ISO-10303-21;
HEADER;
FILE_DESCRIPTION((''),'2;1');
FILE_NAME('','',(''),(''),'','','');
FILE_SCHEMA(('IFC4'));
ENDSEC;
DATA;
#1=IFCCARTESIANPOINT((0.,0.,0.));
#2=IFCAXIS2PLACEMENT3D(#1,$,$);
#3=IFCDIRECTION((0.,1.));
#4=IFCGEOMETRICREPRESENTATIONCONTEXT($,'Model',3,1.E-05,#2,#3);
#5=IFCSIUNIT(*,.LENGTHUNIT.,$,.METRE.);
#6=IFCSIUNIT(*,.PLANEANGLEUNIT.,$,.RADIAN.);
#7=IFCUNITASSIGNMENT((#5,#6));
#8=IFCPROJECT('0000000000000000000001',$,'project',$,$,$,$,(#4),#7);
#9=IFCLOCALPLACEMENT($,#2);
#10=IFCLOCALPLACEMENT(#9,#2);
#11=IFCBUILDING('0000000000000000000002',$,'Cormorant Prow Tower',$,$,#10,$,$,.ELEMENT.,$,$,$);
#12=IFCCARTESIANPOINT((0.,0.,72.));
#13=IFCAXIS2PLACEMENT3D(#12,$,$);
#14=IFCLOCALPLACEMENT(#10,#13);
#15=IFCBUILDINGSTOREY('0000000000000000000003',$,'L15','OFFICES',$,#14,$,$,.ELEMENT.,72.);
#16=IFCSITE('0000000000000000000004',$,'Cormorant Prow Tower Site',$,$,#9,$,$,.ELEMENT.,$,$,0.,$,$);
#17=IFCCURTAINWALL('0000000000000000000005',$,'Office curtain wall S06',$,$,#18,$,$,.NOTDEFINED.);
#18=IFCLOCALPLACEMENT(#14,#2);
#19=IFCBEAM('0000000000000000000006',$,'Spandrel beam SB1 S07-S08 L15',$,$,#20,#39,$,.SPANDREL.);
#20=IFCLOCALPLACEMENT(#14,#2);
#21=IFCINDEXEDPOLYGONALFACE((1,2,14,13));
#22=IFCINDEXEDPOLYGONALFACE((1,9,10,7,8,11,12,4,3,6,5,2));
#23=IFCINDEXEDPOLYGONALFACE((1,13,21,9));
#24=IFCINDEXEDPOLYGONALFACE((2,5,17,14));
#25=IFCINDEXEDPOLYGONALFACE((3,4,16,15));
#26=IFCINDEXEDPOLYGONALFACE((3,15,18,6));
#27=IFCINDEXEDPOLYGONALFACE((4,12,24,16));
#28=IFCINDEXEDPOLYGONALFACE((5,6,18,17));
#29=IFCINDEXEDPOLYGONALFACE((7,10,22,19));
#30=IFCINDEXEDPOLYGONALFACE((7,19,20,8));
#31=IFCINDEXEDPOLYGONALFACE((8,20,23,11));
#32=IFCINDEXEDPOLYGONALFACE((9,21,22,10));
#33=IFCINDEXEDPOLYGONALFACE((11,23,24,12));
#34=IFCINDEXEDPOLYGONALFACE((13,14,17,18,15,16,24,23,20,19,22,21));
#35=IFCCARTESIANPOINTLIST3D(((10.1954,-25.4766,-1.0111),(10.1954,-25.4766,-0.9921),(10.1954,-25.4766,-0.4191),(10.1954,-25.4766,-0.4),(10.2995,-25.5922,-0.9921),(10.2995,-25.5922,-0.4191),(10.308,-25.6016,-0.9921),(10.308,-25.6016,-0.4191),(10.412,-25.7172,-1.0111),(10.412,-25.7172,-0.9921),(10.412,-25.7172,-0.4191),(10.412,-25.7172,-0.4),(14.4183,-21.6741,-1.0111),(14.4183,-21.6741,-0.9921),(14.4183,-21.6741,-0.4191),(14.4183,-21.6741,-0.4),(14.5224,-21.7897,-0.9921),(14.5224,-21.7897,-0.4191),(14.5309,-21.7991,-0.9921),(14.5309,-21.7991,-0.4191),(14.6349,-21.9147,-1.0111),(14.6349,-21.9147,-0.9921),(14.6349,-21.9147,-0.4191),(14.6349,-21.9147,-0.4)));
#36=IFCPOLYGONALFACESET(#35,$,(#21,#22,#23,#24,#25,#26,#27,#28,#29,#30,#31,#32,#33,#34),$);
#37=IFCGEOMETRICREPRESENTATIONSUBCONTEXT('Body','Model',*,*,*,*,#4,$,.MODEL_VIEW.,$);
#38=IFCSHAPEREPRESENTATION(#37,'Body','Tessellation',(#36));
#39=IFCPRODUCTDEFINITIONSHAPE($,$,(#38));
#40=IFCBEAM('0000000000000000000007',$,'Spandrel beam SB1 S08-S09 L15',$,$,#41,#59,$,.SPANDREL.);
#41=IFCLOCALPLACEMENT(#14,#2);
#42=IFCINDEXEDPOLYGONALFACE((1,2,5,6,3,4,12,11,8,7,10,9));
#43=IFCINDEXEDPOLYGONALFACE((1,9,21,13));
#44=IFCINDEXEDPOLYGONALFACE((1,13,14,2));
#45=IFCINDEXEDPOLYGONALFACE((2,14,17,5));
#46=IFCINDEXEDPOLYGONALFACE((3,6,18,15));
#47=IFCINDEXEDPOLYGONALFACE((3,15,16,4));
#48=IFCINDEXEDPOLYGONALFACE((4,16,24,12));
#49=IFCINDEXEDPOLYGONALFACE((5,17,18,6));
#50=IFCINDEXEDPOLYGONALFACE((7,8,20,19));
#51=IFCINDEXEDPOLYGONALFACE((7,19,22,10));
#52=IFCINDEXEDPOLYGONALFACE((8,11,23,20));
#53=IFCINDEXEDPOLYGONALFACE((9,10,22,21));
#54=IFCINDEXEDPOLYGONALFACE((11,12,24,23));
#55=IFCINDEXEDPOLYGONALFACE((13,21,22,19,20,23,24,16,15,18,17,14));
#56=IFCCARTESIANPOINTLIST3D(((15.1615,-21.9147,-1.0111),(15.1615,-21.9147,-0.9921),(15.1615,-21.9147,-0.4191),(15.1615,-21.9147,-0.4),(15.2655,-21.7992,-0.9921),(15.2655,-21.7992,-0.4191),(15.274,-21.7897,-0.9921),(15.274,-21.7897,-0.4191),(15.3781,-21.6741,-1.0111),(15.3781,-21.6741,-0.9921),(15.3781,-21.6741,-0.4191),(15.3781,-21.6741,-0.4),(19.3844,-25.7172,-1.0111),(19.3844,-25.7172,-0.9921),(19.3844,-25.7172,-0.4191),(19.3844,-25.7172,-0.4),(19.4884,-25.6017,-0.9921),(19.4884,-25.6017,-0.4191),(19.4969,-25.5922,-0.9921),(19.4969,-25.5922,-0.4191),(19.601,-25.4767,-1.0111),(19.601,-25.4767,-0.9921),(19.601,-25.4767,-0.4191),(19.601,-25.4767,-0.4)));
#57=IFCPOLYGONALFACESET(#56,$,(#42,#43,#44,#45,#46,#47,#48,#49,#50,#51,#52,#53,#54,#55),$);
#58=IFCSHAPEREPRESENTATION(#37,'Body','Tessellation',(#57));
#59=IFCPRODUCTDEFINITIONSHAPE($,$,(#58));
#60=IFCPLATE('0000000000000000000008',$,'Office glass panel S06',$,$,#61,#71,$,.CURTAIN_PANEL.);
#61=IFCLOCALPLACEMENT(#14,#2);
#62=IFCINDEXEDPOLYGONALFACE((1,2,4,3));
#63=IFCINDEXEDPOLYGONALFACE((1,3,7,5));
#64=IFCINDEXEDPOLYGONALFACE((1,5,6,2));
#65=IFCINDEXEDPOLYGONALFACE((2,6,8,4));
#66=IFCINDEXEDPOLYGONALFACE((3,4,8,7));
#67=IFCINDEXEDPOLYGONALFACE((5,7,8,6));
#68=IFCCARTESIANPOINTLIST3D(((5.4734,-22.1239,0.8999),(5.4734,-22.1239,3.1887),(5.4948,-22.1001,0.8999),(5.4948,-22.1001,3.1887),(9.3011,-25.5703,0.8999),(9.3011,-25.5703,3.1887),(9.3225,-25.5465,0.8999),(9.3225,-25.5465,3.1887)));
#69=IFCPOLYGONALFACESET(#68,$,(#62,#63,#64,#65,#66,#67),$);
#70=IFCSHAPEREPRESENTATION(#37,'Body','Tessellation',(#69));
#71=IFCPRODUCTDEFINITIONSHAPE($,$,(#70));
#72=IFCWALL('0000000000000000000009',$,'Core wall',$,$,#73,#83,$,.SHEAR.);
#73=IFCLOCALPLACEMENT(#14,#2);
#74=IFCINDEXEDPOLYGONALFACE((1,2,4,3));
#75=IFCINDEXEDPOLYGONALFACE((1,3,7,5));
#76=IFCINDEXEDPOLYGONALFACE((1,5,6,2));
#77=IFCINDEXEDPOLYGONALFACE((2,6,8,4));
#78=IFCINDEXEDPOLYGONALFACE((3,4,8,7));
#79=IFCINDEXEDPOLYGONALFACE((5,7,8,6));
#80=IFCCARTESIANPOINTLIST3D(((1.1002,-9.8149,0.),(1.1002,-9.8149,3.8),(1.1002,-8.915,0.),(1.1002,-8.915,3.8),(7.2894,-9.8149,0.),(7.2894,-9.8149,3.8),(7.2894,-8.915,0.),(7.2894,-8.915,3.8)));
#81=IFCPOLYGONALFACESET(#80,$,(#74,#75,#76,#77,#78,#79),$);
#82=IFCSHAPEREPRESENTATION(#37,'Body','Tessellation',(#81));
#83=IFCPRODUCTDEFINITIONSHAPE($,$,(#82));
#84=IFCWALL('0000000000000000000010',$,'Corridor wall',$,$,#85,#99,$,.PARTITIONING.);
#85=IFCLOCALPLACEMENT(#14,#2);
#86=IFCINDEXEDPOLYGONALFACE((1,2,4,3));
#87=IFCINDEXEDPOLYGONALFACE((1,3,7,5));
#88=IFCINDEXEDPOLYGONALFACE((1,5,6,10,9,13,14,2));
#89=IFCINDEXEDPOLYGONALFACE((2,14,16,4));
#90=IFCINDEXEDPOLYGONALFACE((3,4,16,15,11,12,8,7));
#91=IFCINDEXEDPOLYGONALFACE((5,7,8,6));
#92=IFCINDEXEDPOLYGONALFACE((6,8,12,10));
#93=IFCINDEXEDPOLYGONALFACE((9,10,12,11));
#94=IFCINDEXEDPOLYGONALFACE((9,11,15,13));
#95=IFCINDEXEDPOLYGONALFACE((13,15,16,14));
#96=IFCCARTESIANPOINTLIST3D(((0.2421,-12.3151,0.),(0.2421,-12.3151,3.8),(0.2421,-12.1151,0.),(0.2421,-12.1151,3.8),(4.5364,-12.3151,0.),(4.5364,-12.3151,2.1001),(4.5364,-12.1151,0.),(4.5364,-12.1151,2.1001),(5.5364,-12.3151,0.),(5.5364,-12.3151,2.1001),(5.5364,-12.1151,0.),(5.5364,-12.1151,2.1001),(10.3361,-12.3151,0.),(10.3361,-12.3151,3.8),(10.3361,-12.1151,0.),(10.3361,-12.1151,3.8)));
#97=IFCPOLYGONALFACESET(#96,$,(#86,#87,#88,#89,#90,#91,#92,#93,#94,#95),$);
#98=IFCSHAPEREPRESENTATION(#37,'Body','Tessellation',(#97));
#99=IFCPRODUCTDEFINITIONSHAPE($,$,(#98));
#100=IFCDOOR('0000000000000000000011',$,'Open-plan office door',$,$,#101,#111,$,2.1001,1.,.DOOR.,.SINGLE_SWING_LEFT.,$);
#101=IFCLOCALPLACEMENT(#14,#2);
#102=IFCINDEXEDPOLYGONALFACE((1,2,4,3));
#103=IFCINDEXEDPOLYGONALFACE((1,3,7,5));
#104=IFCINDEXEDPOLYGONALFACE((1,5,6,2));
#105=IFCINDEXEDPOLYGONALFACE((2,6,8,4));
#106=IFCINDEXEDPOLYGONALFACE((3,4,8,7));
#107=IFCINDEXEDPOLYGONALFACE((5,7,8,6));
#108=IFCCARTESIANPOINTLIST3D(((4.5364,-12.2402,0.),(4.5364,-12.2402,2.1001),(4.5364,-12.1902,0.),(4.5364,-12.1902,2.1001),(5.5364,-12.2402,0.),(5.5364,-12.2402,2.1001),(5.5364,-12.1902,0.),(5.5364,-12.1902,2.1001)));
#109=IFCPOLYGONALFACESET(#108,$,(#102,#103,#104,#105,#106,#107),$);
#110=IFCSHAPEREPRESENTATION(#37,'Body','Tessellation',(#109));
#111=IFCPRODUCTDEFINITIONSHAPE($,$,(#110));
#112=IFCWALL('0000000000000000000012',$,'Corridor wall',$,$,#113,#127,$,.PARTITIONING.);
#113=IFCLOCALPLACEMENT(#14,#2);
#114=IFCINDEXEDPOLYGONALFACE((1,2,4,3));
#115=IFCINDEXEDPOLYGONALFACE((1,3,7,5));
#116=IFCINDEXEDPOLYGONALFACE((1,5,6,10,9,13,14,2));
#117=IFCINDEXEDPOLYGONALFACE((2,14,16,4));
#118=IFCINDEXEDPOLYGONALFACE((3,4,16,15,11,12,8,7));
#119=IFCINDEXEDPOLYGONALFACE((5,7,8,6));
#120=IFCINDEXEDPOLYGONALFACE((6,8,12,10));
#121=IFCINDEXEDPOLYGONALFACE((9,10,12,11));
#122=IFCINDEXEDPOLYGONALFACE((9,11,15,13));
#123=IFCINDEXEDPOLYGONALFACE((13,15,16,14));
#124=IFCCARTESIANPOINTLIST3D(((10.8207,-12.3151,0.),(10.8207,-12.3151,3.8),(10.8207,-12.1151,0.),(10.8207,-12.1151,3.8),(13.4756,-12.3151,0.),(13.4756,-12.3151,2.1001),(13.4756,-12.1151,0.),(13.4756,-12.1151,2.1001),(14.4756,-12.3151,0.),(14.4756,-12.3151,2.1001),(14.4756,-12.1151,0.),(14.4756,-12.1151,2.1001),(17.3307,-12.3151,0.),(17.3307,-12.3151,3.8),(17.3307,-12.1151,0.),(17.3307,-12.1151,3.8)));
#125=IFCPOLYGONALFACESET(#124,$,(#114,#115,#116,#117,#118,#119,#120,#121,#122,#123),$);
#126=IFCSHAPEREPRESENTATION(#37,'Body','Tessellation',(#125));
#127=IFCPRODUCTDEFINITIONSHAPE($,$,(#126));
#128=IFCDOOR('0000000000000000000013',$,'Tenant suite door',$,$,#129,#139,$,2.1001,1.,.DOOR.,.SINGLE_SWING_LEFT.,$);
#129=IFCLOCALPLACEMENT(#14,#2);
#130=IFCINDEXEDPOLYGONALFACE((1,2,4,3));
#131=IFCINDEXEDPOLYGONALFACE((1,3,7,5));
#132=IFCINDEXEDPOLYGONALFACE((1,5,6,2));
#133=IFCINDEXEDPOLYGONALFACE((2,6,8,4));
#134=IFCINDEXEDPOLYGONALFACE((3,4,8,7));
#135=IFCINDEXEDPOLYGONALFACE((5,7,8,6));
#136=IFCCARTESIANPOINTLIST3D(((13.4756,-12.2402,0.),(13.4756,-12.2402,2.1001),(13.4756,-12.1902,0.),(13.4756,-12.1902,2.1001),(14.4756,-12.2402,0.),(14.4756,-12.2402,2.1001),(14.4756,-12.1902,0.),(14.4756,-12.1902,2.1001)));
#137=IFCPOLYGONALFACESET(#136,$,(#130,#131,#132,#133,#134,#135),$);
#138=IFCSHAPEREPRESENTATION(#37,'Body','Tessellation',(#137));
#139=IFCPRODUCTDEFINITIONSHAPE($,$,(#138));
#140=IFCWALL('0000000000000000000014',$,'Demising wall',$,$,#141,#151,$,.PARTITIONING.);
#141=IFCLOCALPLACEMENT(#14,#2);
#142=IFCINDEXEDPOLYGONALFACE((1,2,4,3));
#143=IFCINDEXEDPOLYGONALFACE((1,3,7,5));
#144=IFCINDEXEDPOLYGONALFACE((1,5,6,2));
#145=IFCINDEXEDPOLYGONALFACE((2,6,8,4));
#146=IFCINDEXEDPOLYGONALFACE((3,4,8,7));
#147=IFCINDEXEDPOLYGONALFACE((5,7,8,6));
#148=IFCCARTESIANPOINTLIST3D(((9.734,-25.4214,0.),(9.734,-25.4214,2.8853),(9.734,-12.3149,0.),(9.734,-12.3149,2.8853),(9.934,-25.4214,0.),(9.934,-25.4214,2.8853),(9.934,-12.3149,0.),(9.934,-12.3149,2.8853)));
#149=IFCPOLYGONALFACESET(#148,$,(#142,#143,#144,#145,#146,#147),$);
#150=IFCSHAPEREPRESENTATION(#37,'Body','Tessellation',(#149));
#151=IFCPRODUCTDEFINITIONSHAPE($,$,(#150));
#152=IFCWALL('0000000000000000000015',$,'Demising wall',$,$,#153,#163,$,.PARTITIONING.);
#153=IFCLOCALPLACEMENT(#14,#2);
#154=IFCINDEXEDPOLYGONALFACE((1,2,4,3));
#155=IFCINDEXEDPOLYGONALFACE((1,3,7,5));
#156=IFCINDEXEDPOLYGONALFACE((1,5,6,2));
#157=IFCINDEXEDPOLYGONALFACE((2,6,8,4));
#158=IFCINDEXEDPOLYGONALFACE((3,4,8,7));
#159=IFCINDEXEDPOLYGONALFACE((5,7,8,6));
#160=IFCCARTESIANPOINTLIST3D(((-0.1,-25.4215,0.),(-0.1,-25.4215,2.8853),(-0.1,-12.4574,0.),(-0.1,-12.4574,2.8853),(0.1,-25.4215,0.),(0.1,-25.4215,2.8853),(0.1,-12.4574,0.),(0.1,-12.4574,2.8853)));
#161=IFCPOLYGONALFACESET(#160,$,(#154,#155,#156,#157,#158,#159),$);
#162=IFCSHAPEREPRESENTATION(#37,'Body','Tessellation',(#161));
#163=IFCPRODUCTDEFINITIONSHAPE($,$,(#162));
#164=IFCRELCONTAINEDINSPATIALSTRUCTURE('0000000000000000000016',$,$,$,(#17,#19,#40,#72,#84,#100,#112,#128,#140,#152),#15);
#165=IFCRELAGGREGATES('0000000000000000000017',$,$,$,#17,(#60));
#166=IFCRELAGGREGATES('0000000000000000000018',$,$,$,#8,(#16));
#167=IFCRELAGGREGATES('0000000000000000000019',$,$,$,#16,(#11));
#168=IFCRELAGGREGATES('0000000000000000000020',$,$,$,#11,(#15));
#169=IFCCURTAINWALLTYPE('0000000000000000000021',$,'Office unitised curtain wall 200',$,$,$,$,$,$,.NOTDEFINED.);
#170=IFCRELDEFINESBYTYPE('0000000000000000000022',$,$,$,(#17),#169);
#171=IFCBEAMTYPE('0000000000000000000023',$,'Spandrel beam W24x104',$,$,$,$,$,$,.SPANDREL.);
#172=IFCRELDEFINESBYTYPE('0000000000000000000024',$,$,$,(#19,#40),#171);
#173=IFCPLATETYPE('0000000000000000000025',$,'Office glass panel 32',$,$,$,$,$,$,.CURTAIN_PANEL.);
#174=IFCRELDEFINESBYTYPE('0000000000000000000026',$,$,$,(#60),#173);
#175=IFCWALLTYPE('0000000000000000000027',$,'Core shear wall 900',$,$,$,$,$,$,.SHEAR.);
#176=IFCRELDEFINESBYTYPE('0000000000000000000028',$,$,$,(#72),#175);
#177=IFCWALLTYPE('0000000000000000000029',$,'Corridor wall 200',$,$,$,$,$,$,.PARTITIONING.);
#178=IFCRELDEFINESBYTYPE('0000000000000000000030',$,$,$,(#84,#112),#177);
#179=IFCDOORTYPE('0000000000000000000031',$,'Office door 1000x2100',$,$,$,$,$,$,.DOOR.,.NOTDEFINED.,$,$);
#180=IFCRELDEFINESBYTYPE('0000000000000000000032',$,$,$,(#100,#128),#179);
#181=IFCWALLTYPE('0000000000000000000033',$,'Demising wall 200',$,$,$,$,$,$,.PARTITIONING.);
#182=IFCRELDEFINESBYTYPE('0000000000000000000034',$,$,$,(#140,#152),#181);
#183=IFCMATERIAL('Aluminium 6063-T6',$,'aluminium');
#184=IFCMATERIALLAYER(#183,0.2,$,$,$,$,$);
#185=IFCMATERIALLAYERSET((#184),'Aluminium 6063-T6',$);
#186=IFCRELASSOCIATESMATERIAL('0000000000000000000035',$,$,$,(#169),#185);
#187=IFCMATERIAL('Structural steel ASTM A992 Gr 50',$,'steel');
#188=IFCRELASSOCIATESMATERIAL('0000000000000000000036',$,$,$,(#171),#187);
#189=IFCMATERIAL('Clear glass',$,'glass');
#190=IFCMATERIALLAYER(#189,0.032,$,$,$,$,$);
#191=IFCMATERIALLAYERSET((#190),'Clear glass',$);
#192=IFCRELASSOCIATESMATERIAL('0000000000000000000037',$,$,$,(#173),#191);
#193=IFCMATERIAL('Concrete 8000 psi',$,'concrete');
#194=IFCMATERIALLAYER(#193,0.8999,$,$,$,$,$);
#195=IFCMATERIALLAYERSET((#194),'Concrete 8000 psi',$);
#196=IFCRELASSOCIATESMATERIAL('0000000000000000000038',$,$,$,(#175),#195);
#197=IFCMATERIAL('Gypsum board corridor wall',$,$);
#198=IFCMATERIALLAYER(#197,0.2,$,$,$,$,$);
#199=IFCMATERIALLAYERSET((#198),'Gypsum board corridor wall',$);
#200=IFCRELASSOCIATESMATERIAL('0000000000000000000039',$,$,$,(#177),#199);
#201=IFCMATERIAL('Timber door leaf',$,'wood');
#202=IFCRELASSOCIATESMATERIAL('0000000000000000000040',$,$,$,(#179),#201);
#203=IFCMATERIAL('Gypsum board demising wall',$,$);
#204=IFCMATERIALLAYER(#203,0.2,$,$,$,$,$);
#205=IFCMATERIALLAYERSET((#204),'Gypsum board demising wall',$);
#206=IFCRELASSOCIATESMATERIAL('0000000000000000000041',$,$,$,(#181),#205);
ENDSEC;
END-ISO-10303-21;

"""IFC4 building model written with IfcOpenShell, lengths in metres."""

from ifc_helpers import new_model, si_unit, direction, frame, frame_2d, origin, origin_2d, place, context, subcontext, project, spatial, rectangle, i_section, extrude, material, layer, layer_set, material_profile, profile_set, type_object, element, fill, aggregate, save


model = new_model("IFC4")

# Units and contexts
model_context = context("Model", 3, precision=1e-05, world=origin(), true_north=direction((0.0, 1.0)))
body_context = subcontext(model_context, "Body", "Model", "MODEL_VIEW")
ifc_project = project(units=[si_unit("LENGTHUNIT", "METRE"), si_unit("PLANEANGLEUNIT", "RADIAN")], contexts=[model_context])

# Site, building, storey
site_placement = place(None, origin())
site = spatial("IfcSite", under=ifc_project, at=site_placement, Name="Cormorant Prow Tower Site", CompositionType="ELEMENT", RefElevation=0.0)
building_placement = place(site_placement, origin())
building = spatial("IfcBuilding", under=site, at=building_placement, Name="Cormorant Prow Tower", CompositionType="ELEMENT")
storey_placement = place(building_placement, frame((0.0, 0.0, 72.0)))
storey = spatial("IfcBuildingStorey", under=building, at=storey_placement, Name="L15", Description="OFFICES", CompositionType="ELEMENT", Elevation=72.0)

# Curtain wall
ifc_material_1 = material(Name="Aluminium 6063-T6", Category="aluminium")
ifc_layer_1 = layer(ifc_material_1, 0.2)
ifc_layer_set_1 = layer_set([ifc_layer_1], Name="Aluminium 6063-T6")
curtain_wall_type = type_object("IfcCurtainWallType", Name="Office unitised curtain wall 200", PredefinedType="NOTDEFINED", material=ifc_layer_set_1)
curtain_wall_1_placement = place(storey_placement, origin())
curtain_wall_1 = element("IfcCurtainWall", 1, at=curtain_wall_1_placement, inside=storey, type_object=curtain_wall_type, Name="Office curtain wall S06", PredefinedType="NOTDEFINED")

# Beams
ifc_material_2 = material(Name="Structural steel ASTM A992 Gr 50", Category="steel")
ifc_material_profile_1 = material_profile(ifc_material_2, i_section(OverallWidth=0.3237, OverallDepth=0.6111, WebThickness=0.0127, FlangeThickness=0.019, at=origin_2d()), Name="W24x104")
ifc_profile_set_1 = profile_set([ifc_material_profile_1], Name="Structural steel ASTM A992 Gr 50")
beam_type_1 = type_object("IfcBeamType", Name="Spandrel beam W24x104", PredefinedType="SPANDREL", material=ifc_profile_set_1)
for number, where, z_axis, x_axis, name in (
    (2, (10.3037, -25.5969, -0.7056), (0.74313, 0.669147, 0.0), (-0.669147, 0.74313, 0.0), "Spandrel beam SB1 S07-S08 L15"),
    (3, (15.2698, -21.7944, -0.7056), (0.74313, -0.669147, 0.0), (0.669147, 0.74313, 0.0), "Spandrel beam SB1 S08-S09 L15"),
):
    element("IfcBeam", number, at=place(storey_placement, frame(where, z_axis=z_axis, x_axis=x_axis)), inside=storey, type_object=beam_type_1, Name=name, PredefinedType="SPANDREL", context=body_context, shape_type="SweptSolid", body=[
        extrude(i_section(OverallWidth=0.3237, OverallDepth=0.6111, WebThickness=0.0127, FlangeThickness=0.019, at=origin_2d()), origin(), (0.0, 0.0, 1.0), 5.6826),
    ])

# Plate
ifc_material_3 = material(Name="Clear glass", Category="glass")
ifc_layer_2 = layer(ifc_material_3, 0.032)
ifc_layer_set_2 = layer_set([ifc_layer_2], Name="Clear glass")
plate_type = type_object("IfcPlateType", Name="Office glass panel 32", PredefinedType="CURTAIN_PANEL", material=ifc_layer_set_2)
plate_placement = place(storey_placement, frame((7.3979, -23.8352, 0.8999), z_axis=(0.0, 0.0, 1.0), x_axis=(0.743145, -0.669131, 0.0)))
plate = element("IfcPlate", 4, at=plate_placement, type_object=plate_type, Name="Office glass panel S06", PredefinedType="CURTAIN_PANEL", context=body_context, shape_type="SweptSolid", body=[
    extrude(rectangle(XDim=5.1506, YDim=0.032, at=origin_2d()), origin(), (0.0, 0.0, 1.0), 2.2888),
])
aggregate(curtain_wall_1, [plate])

# Wall
ifc_material_4 = material(Name="Concrete 8000 psi", Category="concrete")
ifc_layer_3 = layer(ifc_material_4, 0.8999)
ifc_layer_set_3 = layer_set([ifc_layer_3], Name="Concrete 8000 psi")
wall_type_1 = type_object("IfcWallType", Name="Core shear wall 900", PredefinedType="SHEAR", material=ifc_layer_set_3)
wall_1_placement = place(storey_placement, frame((1.1001, -9.365, 0.0), z_axis=(0.0, 0.0, 1.0), x_axis=(1.0, 0.0, 0.0)))
element("IfcWall", 5, at=wall_1_placement, inside=storey, type_object=wall_type_1, Name="Core wall", PredefinedType="SHEAR", context=body_context, shape_type="SweptSolid", body=[
    extrude(rectangle(XDim=6.1892, YDim=0.8999, at=frame_2d((3.0947, 0.0))), origin(), (0.0, 0.0, 1.0), 3.8),
])

# Walls, openings, doors
ifc_material_5 = material(Name="Gypsum board corridor wall")
ifc_layer_4 = layer(ifc_material_5, 0.2)
ifc_layer_set_4 = layer_set([ifc_layer_4], Name="Gypsum board corridor wall")
wall_type_2 = type_object("IfcWallType", Name="Corridor wall 200", PredefinedType="PARTITIONING", material=ifc_layer_set_4)
wall_2_placement = place(storey_placement, frame((0.2422, -12.2151, 0.0), z_axis=(0.0, 0.0, 1.0), x_axis=(1.0, 0.0, 0.0)))
wall_2 = element("IfcWall", 6, at=wall_2_placement, inside=storey, type_object=wall_type_2, Name="Corridor wall", PredefinedType="PARTITIONING", context=body_context, shape_type="SweptSolid", body=[
    extrude(rectangle(XDim=10.094, YDim=0.2, at=frame_2d((5.0469, 0.0))), origin(), (0.0, 0.0, 1.0), 3.8),
])
opening_1_placement = place(wall_2_placement, frame((4.2942, 0.0, 0.0)))
opening_1 = element("IfcOpeningElement", 7, at=opening_1_placement, cuts=wall_2, PredefinedType="OPENING", context=body_context, shape_type="SweptSolid", body=[
    extrude(rectangle(XDim=1.0, YDim=2.1001, at=frame_2d((0.5, 1.05))), frame((0.0, 0.1099, 0.0), z_axis=(0.0, -1.0, 0.0), x_axis=(1.0, 0.0, 0.0)), (0.0, 0.0, 1.0), 0.22),
])
ifc_material_6 = material(Name="Timber door leaf", Category="wood")
door_type_1 = type_object("IfcDoorType", Name="Office door 1000x2100", OperationType="NOTDEFINED", PredefinedType="DOOR", material=ifc_material_6)
door_1_placement = place(opening_1_placement, origin())
door_1 = element("IfcDoor", 8, at=door_1_placement, inside=storey, type_object=door_type_1, Name="Open-plan office door", OperationType="SINGLE_SWING_LEFT", OverallHeight=2.1001, OverallWidth=1.0, PredefinedType="DOOR", context=body_context, shape_type="SweptSolid", body=[
    extrude(rectangle(XDim=1.0, YDim=2.1001, at=frame_2d((0.5, 1.05))), frame((0.0, 0.0249, 0.0), z_axis=(0.0, -1.0, 0.0), x_axis=(1.0, 0.0, 0.0)), (0.0, 0.0, 1.0), 0.05),
])
fill(opening_1, door_1)
wall_3_placement = place(storey_placement, frame((10.8208, -12.2151, 0.0), z_axis=(0.0, 0.0, 1.0), x_axis=(1.0, 0.0, 0.0)))
wall_3 = element("IfcWall", 9, at=wall_3_placement, inside=storey, type_object=wall_type_2, Name="Corridor wall", PredefinedType="PARTITIONING", context=body_context, shape_type="SweptSolid", body=[
    extrude(rectangle(XDim=6.51, YDim=0.2, at=frame_2d((3.2549, 0.0))), origin(), (0.0, 0.0, 1.0), 3.8),
])
opening_2_placement = place(wall_3_placement, frame((2.6548, 0.0, 0.0)))
opening_2 = element("IfcOpeningElement", 10, at=opening_2_placement, cuts=wall_3, PredefinedType="OPENING", context=body_context, shape_type="SweptSolid", body=[
    extrude(rectangle(XDim=1.0, YDim=2.1001, at=frame_2d((0.5, 1.05))), frame((0.0, 0.1099, 0.0), z_axis=(0.0, -1.0, 0.0), x_axis=(1.0, 0.0, 0.0)), (0.0, 0.0, 1.0), 0.22),
])
door_2_placement = place(opening_2_placement, origin())
door_2 = element("IfcDoor", 11, at=door_2_placement, inside=storey, type_object=door_type_1, Name="Tenant suite door", OperationType="SINGLE_SWING_LEFT", OverallHeight=2.1001, OverallWidth=1.0, PredefinedType="DOOR", context=body_context, shape_type="SweptSolid", body=[
    extrude(rectangle(XDim=1.0, YDim=2.1001, at=frame_2d((0.5, 1.05))), frame((0.0, 0.0249, 0.0), z_axis=(0.0, -1.0, 0.0), x_axis=(1.0, 0.0, 0.0)), (0.0, 0.0, 1.0), 0.05),
])
fill(opening_2, door_2)

# Walls
ifc_material_7 = material(Name="Gypsum board demising wall")
ifc_layer_5 = layer(ifc_material_7, 0.2)
ifc_layer_set_5 = layer_set([ifc_layer_5], Name="Gypsum board demising wall")
wall_type_3 = type_object("IfcWallType", Name="Demising wall 200", PredefinedType="PARTITIONING", material=ifc_layer_set_5)
wall_4_placement = place(storey_placement, frame((9.834, -25.4214, 0.0), z_axis=(0.0, 0.0, 1.0), x_axis=(0.0, 1.0, 0.0)))
element("IfcWall", 12, at=wall_4_placement, inside=storey, type_object=wall_type_3, Name="Demising wall", PredefinedType="PARTITIONING", context=body_context, shape_type="SweptSolid", body=[
    extrude(rectangle(XDim=13.1064, YDim=0.2, at=frame_2d((6.5532, 0.0))), origin(), (0.0, 0.0, 1.0), 2.8853),
])
wall_5_placement = place(storey_placement, frame((0.0, -25.4214, 0.0), z_axis=(0.0, 0.0, 1.0), x_axis=(0.0, 1.0, 0.0)))
element("IfcWall", 13, at=wall_5_placement, inside=storey, type_object=wall_type_3, Name="Demising wall", PredefinedType="PARTITIONING", context=body_context, shape_type="SweptSolid", body=[
    extrude(rectangle(XDim=12.9641, YDim=0.2, at=frame_2d((6.4819, 0.0))), origin(), (0.0, 0.0, 1.0), 2.8853),
])

save(model, "model.ifc")
